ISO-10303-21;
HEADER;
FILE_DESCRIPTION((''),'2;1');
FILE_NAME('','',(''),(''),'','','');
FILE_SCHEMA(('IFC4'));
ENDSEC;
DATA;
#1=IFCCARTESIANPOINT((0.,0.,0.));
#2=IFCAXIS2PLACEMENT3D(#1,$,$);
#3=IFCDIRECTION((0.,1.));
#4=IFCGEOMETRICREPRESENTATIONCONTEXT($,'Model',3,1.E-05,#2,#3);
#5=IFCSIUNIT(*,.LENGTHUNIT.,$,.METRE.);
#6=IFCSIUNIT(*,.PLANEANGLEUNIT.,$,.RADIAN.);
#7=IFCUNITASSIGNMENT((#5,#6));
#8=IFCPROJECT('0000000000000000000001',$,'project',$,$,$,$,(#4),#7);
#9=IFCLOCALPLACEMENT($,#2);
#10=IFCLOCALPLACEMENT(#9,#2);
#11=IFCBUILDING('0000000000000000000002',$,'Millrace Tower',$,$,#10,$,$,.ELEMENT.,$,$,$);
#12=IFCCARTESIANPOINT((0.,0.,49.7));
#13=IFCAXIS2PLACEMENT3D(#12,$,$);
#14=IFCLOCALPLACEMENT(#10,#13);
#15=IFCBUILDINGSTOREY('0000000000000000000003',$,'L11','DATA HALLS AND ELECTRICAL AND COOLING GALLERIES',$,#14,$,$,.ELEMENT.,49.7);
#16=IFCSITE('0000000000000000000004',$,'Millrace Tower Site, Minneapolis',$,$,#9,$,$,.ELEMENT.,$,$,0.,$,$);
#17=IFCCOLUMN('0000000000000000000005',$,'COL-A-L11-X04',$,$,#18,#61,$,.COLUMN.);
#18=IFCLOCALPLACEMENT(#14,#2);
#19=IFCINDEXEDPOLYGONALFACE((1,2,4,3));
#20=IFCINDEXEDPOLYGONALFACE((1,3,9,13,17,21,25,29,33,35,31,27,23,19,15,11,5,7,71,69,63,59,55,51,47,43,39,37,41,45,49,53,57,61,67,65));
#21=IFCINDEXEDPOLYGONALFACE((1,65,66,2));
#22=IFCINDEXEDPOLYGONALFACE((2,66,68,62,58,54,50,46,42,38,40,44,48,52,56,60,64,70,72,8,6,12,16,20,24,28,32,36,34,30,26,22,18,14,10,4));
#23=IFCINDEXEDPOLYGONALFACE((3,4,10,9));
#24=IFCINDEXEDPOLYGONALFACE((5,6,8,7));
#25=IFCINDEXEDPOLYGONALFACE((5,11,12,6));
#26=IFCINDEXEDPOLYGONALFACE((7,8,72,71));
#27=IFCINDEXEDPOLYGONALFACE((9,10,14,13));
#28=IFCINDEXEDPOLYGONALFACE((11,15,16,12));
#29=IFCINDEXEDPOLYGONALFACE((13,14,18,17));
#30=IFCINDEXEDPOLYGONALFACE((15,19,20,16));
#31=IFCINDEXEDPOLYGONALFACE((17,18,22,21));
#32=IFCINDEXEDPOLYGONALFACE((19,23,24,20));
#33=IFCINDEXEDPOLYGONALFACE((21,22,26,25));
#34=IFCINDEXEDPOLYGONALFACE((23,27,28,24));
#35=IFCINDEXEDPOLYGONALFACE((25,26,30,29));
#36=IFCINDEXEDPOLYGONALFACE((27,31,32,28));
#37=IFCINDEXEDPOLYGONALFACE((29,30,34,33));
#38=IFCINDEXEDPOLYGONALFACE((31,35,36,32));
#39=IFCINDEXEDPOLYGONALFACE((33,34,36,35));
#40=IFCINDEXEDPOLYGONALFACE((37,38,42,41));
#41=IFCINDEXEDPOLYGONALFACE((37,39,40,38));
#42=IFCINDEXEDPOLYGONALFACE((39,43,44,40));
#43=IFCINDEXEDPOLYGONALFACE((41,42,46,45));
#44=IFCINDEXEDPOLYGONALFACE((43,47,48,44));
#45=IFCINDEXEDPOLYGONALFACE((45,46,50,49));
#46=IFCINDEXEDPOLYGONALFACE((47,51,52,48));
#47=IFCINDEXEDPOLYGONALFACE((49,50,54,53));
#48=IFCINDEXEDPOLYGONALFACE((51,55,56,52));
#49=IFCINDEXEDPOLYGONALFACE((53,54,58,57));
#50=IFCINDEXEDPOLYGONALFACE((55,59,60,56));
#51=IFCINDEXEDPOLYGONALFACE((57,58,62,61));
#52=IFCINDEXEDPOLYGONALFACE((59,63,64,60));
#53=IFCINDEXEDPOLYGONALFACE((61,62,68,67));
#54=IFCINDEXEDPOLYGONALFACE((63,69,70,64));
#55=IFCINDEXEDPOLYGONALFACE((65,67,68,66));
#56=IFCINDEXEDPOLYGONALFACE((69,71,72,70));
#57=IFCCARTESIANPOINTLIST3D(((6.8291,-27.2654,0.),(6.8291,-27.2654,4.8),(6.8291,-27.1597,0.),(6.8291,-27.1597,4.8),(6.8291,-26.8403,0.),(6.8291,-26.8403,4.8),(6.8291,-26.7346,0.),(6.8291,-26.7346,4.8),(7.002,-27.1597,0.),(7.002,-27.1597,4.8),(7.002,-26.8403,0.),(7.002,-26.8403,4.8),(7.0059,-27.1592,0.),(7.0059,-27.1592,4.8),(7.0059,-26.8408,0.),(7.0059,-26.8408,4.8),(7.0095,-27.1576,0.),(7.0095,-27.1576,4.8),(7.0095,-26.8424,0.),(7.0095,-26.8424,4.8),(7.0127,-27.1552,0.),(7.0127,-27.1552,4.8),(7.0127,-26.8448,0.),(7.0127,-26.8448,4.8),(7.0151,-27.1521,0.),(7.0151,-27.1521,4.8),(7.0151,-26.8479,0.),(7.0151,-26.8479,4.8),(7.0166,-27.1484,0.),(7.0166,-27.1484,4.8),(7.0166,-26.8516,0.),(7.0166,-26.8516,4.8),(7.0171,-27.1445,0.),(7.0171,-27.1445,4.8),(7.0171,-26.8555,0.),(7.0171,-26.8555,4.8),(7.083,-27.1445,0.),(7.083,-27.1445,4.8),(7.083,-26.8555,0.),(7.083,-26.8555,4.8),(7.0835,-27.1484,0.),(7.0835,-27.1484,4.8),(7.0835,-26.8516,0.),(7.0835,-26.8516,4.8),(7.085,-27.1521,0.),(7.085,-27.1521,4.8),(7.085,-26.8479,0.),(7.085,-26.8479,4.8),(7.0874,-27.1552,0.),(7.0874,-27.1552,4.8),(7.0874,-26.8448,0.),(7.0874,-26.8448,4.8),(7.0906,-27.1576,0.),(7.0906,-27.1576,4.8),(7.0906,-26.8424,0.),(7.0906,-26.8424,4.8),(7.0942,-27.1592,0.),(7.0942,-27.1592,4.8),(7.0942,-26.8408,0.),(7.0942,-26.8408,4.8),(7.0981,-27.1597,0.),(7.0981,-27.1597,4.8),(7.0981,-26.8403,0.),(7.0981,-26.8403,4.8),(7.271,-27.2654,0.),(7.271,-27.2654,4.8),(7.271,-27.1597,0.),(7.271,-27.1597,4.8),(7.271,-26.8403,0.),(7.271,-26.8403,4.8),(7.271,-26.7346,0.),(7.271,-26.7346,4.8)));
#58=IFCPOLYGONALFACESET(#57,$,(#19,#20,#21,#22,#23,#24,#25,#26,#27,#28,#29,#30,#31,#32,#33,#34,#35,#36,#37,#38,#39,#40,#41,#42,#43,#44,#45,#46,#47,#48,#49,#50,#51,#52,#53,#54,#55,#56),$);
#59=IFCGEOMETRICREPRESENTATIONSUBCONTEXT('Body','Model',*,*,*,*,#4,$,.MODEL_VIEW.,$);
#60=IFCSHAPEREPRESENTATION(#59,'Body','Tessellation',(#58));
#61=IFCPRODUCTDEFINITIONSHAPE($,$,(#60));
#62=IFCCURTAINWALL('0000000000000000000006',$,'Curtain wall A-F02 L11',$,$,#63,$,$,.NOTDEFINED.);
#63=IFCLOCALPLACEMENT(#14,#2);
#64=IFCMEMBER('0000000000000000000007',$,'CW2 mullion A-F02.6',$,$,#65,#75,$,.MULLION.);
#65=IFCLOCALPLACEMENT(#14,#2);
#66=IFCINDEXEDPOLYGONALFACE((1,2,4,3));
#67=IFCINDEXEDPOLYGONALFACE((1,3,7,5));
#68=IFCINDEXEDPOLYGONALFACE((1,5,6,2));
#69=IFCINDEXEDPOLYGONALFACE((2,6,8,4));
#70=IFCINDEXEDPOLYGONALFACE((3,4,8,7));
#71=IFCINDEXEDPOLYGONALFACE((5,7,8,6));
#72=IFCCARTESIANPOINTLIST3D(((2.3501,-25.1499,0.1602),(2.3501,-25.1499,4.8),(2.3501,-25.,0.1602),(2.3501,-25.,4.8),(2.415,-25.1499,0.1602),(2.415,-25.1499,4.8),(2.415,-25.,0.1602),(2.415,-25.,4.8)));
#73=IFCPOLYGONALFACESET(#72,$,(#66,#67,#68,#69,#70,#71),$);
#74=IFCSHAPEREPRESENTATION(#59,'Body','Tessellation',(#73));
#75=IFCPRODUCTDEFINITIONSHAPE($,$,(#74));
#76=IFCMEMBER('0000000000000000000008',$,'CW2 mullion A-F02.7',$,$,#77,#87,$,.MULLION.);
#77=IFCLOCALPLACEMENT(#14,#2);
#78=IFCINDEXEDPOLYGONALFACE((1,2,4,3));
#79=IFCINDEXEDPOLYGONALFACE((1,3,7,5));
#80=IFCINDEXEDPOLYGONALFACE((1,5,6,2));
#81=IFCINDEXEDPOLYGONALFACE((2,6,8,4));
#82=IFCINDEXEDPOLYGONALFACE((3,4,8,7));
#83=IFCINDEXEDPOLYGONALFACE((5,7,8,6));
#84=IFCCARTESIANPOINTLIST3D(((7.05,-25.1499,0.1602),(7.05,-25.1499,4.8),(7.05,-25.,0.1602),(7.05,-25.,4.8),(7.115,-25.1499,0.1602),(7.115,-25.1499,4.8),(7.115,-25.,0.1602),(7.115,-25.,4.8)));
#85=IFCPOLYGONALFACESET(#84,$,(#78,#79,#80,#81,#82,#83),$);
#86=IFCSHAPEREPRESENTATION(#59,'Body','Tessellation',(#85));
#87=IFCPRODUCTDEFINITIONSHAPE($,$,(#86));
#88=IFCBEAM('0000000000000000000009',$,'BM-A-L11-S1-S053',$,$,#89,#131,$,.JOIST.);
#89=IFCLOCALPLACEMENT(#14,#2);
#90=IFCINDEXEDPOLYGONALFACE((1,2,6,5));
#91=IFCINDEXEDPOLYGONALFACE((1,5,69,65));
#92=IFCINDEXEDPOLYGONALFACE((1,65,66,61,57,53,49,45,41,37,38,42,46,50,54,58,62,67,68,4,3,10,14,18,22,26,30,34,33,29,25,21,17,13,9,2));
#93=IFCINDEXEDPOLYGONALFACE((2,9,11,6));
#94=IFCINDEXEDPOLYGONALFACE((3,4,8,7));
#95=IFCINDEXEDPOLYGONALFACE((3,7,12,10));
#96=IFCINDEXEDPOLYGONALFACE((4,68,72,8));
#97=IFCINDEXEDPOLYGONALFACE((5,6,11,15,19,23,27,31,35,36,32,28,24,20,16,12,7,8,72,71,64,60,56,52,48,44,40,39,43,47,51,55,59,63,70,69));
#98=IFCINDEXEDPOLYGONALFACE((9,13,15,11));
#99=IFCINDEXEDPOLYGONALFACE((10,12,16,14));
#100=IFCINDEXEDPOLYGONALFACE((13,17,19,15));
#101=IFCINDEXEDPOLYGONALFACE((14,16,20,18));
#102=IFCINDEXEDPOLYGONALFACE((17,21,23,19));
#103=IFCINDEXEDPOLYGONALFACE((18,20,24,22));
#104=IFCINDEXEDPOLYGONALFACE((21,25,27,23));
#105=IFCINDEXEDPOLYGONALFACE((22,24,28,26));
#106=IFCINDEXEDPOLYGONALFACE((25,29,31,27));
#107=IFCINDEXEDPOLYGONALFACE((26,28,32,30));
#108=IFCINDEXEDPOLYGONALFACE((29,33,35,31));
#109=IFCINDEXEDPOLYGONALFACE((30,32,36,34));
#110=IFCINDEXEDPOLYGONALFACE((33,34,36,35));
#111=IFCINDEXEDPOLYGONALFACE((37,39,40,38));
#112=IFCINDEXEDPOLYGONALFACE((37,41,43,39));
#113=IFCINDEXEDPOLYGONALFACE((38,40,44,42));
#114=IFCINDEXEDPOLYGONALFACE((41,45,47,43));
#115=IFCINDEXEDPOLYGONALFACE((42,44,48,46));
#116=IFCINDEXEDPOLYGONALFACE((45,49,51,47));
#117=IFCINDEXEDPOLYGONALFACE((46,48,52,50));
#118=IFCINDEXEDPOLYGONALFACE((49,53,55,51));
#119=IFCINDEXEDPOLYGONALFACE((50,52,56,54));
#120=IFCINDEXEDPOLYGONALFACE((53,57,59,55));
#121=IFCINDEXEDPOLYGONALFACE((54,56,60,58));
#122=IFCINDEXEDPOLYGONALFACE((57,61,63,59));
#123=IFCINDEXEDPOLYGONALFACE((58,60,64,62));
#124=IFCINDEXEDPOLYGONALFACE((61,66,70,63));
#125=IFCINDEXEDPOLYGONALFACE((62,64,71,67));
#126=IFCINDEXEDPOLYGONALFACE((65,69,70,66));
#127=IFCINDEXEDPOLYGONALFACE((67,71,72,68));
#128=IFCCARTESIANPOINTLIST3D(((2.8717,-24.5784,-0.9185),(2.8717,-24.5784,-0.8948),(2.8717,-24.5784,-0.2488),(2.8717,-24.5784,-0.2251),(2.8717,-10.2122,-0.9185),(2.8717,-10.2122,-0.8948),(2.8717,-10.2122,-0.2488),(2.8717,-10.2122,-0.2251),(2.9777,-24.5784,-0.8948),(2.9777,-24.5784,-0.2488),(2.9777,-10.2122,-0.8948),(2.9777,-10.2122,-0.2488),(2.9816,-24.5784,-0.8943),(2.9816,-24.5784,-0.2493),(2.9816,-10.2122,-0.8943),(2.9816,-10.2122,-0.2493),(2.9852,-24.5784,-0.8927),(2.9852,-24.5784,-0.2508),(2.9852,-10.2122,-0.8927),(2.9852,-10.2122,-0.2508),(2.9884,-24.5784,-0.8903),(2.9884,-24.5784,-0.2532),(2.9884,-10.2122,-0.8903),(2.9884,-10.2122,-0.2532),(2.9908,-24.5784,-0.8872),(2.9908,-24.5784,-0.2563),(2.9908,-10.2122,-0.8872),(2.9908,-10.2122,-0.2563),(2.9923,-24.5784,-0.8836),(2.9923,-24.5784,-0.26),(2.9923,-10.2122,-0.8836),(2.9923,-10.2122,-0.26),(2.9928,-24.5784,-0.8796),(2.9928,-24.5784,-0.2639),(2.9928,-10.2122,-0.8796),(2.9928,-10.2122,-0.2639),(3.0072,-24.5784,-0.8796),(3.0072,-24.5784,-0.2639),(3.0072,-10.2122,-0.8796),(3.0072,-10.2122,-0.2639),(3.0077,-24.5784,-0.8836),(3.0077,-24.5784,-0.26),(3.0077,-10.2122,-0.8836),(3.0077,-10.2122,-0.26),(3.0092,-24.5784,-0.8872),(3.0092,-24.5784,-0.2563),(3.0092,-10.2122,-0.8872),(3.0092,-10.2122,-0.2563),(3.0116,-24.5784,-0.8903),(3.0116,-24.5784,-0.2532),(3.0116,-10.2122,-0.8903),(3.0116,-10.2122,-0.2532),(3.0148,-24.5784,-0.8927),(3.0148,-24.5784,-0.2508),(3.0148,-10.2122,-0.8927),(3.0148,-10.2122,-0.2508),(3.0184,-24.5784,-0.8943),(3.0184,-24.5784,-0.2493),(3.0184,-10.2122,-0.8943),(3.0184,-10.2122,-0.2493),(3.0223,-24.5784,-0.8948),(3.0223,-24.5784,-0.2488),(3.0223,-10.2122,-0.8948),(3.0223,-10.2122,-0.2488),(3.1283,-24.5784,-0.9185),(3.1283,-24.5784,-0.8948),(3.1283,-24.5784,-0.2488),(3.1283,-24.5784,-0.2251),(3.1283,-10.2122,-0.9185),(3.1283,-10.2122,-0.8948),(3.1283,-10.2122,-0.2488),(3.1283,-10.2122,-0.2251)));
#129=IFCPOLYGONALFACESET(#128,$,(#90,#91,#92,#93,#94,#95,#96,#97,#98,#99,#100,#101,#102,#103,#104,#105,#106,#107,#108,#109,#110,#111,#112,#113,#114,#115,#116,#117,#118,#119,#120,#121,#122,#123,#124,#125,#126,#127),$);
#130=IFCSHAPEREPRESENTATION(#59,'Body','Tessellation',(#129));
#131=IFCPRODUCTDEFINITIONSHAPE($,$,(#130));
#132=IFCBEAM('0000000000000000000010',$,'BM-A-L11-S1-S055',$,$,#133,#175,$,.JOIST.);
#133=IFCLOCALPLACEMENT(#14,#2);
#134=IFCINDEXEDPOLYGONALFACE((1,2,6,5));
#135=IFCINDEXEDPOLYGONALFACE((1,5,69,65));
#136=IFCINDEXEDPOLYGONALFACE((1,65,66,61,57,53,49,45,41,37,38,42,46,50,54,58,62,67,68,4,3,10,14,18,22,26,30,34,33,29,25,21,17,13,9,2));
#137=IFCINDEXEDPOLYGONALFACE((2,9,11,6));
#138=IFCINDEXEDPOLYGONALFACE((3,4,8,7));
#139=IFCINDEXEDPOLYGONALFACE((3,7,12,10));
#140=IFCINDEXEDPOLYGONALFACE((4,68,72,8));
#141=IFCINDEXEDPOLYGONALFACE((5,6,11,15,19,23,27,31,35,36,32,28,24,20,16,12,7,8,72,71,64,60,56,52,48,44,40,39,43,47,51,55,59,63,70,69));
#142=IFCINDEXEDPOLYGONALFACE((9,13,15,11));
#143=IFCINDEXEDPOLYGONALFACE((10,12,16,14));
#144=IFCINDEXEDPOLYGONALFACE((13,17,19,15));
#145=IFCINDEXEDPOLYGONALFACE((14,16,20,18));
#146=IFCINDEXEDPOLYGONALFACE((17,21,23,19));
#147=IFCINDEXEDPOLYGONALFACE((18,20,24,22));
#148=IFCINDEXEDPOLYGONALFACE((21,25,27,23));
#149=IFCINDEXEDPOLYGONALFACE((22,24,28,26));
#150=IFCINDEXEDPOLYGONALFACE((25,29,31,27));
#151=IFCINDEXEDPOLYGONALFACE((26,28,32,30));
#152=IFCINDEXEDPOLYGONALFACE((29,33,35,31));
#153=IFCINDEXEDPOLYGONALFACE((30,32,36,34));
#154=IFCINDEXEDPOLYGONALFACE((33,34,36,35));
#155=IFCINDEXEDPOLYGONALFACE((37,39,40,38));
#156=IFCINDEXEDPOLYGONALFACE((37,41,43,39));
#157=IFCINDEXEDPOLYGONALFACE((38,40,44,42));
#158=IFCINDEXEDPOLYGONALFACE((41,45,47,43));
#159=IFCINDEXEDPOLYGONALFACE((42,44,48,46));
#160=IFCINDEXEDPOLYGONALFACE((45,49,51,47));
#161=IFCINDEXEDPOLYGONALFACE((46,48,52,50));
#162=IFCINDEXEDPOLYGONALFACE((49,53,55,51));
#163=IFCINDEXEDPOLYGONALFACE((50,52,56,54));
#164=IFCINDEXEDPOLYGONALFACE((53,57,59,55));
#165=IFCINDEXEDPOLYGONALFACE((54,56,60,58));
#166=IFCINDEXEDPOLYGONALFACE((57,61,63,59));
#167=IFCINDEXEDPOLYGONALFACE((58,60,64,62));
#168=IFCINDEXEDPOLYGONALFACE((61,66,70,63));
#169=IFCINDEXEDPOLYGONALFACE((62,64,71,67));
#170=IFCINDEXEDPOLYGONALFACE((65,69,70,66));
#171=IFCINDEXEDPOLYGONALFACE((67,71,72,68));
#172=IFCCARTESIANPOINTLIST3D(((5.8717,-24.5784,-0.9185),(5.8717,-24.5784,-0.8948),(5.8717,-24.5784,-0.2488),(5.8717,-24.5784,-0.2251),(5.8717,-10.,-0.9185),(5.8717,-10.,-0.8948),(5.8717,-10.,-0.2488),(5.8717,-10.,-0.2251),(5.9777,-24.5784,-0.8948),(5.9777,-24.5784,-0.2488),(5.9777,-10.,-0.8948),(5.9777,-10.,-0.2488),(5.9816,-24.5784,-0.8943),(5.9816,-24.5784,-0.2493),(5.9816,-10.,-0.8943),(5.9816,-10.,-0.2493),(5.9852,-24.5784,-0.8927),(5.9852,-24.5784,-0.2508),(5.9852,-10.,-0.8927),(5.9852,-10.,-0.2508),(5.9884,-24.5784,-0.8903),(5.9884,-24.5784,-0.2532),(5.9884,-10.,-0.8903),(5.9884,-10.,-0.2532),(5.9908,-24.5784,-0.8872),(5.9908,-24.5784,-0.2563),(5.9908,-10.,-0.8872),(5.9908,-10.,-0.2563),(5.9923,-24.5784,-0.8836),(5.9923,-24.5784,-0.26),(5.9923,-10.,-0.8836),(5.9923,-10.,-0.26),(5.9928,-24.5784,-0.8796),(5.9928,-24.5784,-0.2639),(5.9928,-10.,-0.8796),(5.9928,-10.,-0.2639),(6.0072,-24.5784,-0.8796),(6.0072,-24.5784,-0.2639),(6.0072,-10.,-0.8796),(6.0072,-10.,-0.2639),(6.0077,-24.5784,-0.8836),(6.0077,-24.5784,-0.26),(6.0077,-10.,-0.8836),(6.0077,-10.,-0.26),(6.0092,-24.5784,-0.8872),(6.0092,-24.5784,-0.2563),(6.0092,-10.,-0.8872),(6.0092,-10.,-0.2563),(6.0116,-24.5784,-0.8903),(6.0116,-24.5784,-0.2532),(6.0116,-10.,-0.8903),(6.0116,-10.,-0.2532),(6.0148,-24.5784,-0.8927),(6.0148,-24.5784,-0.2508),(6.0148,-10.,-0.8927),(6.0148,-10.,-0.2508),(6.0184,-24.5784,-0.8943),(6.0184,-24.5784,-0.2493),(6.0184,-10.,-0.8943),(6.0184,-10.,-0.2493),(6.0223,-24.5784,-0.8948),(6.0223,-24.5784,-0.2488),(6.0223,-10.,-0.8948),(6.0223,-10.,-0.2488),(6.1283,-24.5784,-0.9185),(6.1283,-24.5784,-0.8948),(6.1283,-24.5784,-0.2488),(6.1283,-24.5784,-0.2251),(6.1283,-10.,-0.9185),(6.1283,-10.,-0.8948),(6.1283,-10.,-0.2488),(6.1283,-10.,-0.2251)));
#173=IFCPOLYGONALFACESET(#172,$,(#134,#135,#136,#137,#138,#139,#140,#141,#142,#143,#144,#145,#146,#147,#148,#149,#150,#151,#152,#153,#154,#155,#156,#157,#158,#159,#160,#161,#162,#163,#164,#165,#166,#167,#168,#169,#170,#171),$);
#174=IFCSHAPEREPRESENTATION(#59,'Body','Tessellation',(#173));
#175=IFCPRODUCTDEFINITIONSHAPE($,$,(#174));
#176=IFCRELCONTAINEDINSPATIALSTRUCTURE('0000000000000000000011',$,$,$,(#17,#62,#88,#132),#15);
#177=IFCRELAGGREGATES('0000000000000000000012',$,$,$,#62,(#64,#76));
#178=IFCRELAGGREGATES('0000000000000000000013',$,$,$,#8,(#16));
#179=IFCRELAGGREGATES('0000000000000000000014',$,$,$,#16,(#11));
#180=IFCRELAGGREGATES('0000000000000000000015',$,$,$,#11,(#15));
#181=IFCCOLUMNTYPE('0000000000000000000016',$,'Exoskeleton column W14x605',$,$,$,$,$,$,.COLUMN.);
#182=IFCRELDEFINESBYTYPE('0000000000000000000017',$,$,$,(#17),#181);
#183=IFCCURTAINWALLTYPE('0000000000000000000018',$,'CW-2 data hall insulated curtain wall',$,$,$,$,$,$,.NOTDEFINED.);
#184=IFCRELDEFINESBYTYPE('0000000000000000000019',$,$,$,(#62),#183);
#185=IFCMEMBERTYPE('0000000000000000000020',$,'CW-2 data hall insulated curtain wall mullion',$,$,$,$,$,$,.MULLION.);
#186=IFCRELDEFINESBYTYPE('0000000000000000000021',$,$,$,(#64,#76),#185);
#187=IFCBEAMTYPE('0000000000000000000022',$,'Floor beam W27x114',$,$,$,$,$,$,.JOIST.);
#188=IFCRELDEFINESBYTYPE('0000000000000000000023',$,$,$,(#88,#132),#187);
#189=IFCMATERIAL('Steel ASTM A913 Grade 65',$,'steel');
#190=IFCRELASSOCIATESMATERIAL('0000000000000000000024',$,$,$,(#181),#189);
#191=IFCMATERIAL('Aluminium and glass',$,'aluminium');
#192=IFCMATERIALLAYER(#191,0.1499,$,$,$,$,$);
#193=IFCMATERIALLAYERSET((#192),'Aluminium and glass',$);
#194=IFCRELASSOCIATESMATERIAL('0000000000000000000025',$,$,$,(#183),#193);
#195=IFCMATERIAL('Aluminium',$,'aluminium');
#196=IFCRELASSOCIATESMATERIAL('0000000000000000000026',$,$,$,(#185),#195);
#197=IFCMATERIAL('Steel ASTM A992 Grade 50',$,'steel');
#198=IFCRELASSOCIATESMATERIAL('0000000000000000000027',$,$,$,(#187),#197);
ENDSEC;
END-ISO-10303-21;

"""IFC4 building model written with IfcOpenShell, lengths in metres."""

from ifc_helpers import new_model, si_unit, direction, frame, origin, origin_2d, place, context, subcontext, project, spatial, rectangle, i_section, extrude, material, layer, layer_set, material_profile, profile_set, type_object, element, aggregate, save


model = new_model("IFC4")

# Units and contexts
model_context = context("Model", 3, precision=1e-05, world=origin(), true_north=direction((0.0, 1.0)))
body_context = subcontext(model_context, "Body", "Model", "MODEL_VIEW")
ifc_project = project(units=[si_unit("LENGTHUNIT", "METRE"), si_unit("PLANEANGLEUNIT", "RADIAN")], contexts=[model_context])

# Site, building, storey
site_placement = place(None, origin())
site = spatial("IfcSite", under=ifc_project, at=site_placement, Name="Millrace Tower Site, Minneapolis", CompositionType="ELEMENT", RefElevation=0.0)
building_placement = place(site_placement, origin())
building = spatial("IfcBuilding", under=site, at=building_placement, Name="Millrace Tower", CompositionType="ELEMENT")
storey_placement = place(building_placement, frame((0.0, 0.0, 49.7)))
storey = spatial("IfcBuildingStorey", under=building, at=storey_placement, Name="L11", Description="DATA HALLS AND ELECTRICAL AND COOLING GALLERIES", CompositionType="ELEMENT", Elevation=49.7)

# Column
ifc_material_1 = material(Name="Steel ASTM A913 Grade 65", Category="steel")
ifc_material_profile_1 = material_profile(ifc_material_1, i_section(OverallWidth=0.4419, OverallDepth=0.5308, WebThickness=0.0659, FlangeThickness=0.1057, FilletRadius=0.0151, at=origin_2d()))
ifc_profile_set_1 = profile_set([ifc_material_profile_1], Name="Steel ASTM A913 Grade 65")
column_type = type_object("IfcColumnType", Name="Exoskeleton column W14x605", PredefinedType="COLUMN", material=ifc_profile_set_1)
column_placement = place(storey_placement, frame((7.05, -27.0, 0.0), z_axis=(0.0, 0.0, 1.0), x_axis=(1.0, 0.0, 0.0)))
element("IfcColumn", 1, at=column_placement, inside=storey, type_object=column_type, Name="COL-A-L11-X04", PredefinedType="COLUMN", context=body_context, shape_type="SweptSolid", body=[
    extrude(i_section(OverallWidth=0.4419, OverallDepth=0.5308, WebThickness=0.0659, FlangeThickness=0.1057, FilletRadius=0.0151, at=origin_2d()), origin(), (0.0, 0.0, 1.0), 4.8),
])

# Curtain wall, members
ifc_material_2 = material(Name="Aluminium and glass", Category="aluminium")
ifc_layer_1 = layer(ifc_material_2, 0.1499)
ifc_layer_set_1 = layer_set([ifc_layer_1], Name="Aluminium and glass")
curtain_wall_type = type_object("IfcCurtainWallType", Name="CW-2 data hall insulated curtain wall", PredefinedType="NOTDEFINED", material=ifc_layer_set_1)
placement = place(storey_placement, origin())
curtain_wall = element("IfcCurtainWall", 2, at=placement, inside=storey, type_object=curtain_wall_type, Name="Curtain wall A-F02 L11", PredefinedType="NOTDEFINED")
ifc_material_3 = material(Name="Aluminium", Category="aluminium")
ifc_material_profile_2 = material_profile(ifc_material_3, rectangle(XDim=0.0649, YDim=0.1499, at=origin_2d()))
ifc_profile_set_2 = profile_set([ifc_material_profile_2], Name="Aluminium")
member_type = type_object("IfcMemberType", Name="CW-2 data hall insulated curtain wall mullion", PredefinedType="MULLION", material=ifc_profile_set_2)
member_1_placement = place(storey_placement, frame((2.3826, -25.075, 0.1602), z_axis=(0.0, 0.0, 1.0), x_axis=(1.0, 0.0, 0.0)))
member_1 = element("IfcMember", 3, at=member_1_placement, type_object=member_type, Name="CW2 mullion A-F02.6", PredefinedType="MULLION", context=body_context, shape_type="SweptSolid", body=[
    extrude(rectangle(XDim=0.0649, YDim=0.1499, at=origin_2d()), origin(), (0.0, 0.0, 1.0), 4.6399),
])
member_2_placement = place(storey_placement, frame((7.0825, -25.075, 0.1602), z_axis=(0.0, 0.0, 1.0), x_axis=(1.0, 0.0, 0.0)))
member_2 = element("IfcMember", 4, at=member_2_placement, type_object=member_type, Name="CW2 mullion A-F02.7", PredefinedType="MULLION", context=body_context, shape_type="SweptSolid", body=[
    extrude(rectangle(XDim=0.0649, YDim=0.1499, at=origin_2d()), origin(), (0.0, 0.0, 1.0), 4.6399),
])
aggregate(curtain_wall, [member_1, member_2])

# Beams
ifc_material_4 = material(Name="Steel ASTM A992 Grade 50", Category="steel")
ifc_material_profile_3 = material_profile(ifc_material_4, i_section(OverallWidth=0.2566, OverallDepth=0.6934, WebThickness=0.0144, FlangeThickness=0.0237, FilletRadius=0.0151, at=origin_2d()))
ifc_profile_set_3 = profile_set([ifc_material_profile_3], Name="Steel ASTM A992 Grade 50")
beam_type_1 = type_object("IfcBeamType", Name="Floor beam W27x114", PredefinedType="JOIST", material=ifc_profile_set_3)
beam_1_placement = place(storey_placement, frame((3.0, -24.5784, -0.5718), z_axis=(0.0, 1.0, 0.0), x_axis=(-1.0, 0.0, 0.0)))
element("IfcBeam", 5, at=beam_1_placement, inside=storey, type_object=beam_type_1, Name="BM-A-L11-S1-S053", PredefinedType="JOIST", context=body_context, shape_type="SweptSolid", body=[
    extrude(i_section(OverallWidth=0.2566, OverallDepth=0.6934, WebThickness=0.0144, FlangeThickness=0.0237, FilletRadius=0.0151, at=origin_2d()), origin(), (0.0, 0.0, 1.0), 14.3662),
])
for number, where, z_axis, x_axis, name in (
    (6, (6.0, -24.5784, -0.5718), (0.0, 1.0, 0.0), (-1.0, 0.0, 0.0), "BM-A-L11-S1-S055"),
):
    element("IfcBeam", number, at=place(storey_placement, frame(where, z_axis=z_axis, x_axis=x_axis)), inside=storey, type_object=beam_type_1, Name=name, PredefinedType="JOIST", context=body_context, shape_type="SweptSolid", body=[
        extrude(i_section(OverallWidth=0.2566, OverallDepth=0.6934, WebThickness=0.0144, FlangeThickness=0.0237, FilletRadius=0.0151, at=origin_2d()), origin(), (0.0, 0.0, 1.0), 14.5784),
    ])

save(model, "model.ifc")
